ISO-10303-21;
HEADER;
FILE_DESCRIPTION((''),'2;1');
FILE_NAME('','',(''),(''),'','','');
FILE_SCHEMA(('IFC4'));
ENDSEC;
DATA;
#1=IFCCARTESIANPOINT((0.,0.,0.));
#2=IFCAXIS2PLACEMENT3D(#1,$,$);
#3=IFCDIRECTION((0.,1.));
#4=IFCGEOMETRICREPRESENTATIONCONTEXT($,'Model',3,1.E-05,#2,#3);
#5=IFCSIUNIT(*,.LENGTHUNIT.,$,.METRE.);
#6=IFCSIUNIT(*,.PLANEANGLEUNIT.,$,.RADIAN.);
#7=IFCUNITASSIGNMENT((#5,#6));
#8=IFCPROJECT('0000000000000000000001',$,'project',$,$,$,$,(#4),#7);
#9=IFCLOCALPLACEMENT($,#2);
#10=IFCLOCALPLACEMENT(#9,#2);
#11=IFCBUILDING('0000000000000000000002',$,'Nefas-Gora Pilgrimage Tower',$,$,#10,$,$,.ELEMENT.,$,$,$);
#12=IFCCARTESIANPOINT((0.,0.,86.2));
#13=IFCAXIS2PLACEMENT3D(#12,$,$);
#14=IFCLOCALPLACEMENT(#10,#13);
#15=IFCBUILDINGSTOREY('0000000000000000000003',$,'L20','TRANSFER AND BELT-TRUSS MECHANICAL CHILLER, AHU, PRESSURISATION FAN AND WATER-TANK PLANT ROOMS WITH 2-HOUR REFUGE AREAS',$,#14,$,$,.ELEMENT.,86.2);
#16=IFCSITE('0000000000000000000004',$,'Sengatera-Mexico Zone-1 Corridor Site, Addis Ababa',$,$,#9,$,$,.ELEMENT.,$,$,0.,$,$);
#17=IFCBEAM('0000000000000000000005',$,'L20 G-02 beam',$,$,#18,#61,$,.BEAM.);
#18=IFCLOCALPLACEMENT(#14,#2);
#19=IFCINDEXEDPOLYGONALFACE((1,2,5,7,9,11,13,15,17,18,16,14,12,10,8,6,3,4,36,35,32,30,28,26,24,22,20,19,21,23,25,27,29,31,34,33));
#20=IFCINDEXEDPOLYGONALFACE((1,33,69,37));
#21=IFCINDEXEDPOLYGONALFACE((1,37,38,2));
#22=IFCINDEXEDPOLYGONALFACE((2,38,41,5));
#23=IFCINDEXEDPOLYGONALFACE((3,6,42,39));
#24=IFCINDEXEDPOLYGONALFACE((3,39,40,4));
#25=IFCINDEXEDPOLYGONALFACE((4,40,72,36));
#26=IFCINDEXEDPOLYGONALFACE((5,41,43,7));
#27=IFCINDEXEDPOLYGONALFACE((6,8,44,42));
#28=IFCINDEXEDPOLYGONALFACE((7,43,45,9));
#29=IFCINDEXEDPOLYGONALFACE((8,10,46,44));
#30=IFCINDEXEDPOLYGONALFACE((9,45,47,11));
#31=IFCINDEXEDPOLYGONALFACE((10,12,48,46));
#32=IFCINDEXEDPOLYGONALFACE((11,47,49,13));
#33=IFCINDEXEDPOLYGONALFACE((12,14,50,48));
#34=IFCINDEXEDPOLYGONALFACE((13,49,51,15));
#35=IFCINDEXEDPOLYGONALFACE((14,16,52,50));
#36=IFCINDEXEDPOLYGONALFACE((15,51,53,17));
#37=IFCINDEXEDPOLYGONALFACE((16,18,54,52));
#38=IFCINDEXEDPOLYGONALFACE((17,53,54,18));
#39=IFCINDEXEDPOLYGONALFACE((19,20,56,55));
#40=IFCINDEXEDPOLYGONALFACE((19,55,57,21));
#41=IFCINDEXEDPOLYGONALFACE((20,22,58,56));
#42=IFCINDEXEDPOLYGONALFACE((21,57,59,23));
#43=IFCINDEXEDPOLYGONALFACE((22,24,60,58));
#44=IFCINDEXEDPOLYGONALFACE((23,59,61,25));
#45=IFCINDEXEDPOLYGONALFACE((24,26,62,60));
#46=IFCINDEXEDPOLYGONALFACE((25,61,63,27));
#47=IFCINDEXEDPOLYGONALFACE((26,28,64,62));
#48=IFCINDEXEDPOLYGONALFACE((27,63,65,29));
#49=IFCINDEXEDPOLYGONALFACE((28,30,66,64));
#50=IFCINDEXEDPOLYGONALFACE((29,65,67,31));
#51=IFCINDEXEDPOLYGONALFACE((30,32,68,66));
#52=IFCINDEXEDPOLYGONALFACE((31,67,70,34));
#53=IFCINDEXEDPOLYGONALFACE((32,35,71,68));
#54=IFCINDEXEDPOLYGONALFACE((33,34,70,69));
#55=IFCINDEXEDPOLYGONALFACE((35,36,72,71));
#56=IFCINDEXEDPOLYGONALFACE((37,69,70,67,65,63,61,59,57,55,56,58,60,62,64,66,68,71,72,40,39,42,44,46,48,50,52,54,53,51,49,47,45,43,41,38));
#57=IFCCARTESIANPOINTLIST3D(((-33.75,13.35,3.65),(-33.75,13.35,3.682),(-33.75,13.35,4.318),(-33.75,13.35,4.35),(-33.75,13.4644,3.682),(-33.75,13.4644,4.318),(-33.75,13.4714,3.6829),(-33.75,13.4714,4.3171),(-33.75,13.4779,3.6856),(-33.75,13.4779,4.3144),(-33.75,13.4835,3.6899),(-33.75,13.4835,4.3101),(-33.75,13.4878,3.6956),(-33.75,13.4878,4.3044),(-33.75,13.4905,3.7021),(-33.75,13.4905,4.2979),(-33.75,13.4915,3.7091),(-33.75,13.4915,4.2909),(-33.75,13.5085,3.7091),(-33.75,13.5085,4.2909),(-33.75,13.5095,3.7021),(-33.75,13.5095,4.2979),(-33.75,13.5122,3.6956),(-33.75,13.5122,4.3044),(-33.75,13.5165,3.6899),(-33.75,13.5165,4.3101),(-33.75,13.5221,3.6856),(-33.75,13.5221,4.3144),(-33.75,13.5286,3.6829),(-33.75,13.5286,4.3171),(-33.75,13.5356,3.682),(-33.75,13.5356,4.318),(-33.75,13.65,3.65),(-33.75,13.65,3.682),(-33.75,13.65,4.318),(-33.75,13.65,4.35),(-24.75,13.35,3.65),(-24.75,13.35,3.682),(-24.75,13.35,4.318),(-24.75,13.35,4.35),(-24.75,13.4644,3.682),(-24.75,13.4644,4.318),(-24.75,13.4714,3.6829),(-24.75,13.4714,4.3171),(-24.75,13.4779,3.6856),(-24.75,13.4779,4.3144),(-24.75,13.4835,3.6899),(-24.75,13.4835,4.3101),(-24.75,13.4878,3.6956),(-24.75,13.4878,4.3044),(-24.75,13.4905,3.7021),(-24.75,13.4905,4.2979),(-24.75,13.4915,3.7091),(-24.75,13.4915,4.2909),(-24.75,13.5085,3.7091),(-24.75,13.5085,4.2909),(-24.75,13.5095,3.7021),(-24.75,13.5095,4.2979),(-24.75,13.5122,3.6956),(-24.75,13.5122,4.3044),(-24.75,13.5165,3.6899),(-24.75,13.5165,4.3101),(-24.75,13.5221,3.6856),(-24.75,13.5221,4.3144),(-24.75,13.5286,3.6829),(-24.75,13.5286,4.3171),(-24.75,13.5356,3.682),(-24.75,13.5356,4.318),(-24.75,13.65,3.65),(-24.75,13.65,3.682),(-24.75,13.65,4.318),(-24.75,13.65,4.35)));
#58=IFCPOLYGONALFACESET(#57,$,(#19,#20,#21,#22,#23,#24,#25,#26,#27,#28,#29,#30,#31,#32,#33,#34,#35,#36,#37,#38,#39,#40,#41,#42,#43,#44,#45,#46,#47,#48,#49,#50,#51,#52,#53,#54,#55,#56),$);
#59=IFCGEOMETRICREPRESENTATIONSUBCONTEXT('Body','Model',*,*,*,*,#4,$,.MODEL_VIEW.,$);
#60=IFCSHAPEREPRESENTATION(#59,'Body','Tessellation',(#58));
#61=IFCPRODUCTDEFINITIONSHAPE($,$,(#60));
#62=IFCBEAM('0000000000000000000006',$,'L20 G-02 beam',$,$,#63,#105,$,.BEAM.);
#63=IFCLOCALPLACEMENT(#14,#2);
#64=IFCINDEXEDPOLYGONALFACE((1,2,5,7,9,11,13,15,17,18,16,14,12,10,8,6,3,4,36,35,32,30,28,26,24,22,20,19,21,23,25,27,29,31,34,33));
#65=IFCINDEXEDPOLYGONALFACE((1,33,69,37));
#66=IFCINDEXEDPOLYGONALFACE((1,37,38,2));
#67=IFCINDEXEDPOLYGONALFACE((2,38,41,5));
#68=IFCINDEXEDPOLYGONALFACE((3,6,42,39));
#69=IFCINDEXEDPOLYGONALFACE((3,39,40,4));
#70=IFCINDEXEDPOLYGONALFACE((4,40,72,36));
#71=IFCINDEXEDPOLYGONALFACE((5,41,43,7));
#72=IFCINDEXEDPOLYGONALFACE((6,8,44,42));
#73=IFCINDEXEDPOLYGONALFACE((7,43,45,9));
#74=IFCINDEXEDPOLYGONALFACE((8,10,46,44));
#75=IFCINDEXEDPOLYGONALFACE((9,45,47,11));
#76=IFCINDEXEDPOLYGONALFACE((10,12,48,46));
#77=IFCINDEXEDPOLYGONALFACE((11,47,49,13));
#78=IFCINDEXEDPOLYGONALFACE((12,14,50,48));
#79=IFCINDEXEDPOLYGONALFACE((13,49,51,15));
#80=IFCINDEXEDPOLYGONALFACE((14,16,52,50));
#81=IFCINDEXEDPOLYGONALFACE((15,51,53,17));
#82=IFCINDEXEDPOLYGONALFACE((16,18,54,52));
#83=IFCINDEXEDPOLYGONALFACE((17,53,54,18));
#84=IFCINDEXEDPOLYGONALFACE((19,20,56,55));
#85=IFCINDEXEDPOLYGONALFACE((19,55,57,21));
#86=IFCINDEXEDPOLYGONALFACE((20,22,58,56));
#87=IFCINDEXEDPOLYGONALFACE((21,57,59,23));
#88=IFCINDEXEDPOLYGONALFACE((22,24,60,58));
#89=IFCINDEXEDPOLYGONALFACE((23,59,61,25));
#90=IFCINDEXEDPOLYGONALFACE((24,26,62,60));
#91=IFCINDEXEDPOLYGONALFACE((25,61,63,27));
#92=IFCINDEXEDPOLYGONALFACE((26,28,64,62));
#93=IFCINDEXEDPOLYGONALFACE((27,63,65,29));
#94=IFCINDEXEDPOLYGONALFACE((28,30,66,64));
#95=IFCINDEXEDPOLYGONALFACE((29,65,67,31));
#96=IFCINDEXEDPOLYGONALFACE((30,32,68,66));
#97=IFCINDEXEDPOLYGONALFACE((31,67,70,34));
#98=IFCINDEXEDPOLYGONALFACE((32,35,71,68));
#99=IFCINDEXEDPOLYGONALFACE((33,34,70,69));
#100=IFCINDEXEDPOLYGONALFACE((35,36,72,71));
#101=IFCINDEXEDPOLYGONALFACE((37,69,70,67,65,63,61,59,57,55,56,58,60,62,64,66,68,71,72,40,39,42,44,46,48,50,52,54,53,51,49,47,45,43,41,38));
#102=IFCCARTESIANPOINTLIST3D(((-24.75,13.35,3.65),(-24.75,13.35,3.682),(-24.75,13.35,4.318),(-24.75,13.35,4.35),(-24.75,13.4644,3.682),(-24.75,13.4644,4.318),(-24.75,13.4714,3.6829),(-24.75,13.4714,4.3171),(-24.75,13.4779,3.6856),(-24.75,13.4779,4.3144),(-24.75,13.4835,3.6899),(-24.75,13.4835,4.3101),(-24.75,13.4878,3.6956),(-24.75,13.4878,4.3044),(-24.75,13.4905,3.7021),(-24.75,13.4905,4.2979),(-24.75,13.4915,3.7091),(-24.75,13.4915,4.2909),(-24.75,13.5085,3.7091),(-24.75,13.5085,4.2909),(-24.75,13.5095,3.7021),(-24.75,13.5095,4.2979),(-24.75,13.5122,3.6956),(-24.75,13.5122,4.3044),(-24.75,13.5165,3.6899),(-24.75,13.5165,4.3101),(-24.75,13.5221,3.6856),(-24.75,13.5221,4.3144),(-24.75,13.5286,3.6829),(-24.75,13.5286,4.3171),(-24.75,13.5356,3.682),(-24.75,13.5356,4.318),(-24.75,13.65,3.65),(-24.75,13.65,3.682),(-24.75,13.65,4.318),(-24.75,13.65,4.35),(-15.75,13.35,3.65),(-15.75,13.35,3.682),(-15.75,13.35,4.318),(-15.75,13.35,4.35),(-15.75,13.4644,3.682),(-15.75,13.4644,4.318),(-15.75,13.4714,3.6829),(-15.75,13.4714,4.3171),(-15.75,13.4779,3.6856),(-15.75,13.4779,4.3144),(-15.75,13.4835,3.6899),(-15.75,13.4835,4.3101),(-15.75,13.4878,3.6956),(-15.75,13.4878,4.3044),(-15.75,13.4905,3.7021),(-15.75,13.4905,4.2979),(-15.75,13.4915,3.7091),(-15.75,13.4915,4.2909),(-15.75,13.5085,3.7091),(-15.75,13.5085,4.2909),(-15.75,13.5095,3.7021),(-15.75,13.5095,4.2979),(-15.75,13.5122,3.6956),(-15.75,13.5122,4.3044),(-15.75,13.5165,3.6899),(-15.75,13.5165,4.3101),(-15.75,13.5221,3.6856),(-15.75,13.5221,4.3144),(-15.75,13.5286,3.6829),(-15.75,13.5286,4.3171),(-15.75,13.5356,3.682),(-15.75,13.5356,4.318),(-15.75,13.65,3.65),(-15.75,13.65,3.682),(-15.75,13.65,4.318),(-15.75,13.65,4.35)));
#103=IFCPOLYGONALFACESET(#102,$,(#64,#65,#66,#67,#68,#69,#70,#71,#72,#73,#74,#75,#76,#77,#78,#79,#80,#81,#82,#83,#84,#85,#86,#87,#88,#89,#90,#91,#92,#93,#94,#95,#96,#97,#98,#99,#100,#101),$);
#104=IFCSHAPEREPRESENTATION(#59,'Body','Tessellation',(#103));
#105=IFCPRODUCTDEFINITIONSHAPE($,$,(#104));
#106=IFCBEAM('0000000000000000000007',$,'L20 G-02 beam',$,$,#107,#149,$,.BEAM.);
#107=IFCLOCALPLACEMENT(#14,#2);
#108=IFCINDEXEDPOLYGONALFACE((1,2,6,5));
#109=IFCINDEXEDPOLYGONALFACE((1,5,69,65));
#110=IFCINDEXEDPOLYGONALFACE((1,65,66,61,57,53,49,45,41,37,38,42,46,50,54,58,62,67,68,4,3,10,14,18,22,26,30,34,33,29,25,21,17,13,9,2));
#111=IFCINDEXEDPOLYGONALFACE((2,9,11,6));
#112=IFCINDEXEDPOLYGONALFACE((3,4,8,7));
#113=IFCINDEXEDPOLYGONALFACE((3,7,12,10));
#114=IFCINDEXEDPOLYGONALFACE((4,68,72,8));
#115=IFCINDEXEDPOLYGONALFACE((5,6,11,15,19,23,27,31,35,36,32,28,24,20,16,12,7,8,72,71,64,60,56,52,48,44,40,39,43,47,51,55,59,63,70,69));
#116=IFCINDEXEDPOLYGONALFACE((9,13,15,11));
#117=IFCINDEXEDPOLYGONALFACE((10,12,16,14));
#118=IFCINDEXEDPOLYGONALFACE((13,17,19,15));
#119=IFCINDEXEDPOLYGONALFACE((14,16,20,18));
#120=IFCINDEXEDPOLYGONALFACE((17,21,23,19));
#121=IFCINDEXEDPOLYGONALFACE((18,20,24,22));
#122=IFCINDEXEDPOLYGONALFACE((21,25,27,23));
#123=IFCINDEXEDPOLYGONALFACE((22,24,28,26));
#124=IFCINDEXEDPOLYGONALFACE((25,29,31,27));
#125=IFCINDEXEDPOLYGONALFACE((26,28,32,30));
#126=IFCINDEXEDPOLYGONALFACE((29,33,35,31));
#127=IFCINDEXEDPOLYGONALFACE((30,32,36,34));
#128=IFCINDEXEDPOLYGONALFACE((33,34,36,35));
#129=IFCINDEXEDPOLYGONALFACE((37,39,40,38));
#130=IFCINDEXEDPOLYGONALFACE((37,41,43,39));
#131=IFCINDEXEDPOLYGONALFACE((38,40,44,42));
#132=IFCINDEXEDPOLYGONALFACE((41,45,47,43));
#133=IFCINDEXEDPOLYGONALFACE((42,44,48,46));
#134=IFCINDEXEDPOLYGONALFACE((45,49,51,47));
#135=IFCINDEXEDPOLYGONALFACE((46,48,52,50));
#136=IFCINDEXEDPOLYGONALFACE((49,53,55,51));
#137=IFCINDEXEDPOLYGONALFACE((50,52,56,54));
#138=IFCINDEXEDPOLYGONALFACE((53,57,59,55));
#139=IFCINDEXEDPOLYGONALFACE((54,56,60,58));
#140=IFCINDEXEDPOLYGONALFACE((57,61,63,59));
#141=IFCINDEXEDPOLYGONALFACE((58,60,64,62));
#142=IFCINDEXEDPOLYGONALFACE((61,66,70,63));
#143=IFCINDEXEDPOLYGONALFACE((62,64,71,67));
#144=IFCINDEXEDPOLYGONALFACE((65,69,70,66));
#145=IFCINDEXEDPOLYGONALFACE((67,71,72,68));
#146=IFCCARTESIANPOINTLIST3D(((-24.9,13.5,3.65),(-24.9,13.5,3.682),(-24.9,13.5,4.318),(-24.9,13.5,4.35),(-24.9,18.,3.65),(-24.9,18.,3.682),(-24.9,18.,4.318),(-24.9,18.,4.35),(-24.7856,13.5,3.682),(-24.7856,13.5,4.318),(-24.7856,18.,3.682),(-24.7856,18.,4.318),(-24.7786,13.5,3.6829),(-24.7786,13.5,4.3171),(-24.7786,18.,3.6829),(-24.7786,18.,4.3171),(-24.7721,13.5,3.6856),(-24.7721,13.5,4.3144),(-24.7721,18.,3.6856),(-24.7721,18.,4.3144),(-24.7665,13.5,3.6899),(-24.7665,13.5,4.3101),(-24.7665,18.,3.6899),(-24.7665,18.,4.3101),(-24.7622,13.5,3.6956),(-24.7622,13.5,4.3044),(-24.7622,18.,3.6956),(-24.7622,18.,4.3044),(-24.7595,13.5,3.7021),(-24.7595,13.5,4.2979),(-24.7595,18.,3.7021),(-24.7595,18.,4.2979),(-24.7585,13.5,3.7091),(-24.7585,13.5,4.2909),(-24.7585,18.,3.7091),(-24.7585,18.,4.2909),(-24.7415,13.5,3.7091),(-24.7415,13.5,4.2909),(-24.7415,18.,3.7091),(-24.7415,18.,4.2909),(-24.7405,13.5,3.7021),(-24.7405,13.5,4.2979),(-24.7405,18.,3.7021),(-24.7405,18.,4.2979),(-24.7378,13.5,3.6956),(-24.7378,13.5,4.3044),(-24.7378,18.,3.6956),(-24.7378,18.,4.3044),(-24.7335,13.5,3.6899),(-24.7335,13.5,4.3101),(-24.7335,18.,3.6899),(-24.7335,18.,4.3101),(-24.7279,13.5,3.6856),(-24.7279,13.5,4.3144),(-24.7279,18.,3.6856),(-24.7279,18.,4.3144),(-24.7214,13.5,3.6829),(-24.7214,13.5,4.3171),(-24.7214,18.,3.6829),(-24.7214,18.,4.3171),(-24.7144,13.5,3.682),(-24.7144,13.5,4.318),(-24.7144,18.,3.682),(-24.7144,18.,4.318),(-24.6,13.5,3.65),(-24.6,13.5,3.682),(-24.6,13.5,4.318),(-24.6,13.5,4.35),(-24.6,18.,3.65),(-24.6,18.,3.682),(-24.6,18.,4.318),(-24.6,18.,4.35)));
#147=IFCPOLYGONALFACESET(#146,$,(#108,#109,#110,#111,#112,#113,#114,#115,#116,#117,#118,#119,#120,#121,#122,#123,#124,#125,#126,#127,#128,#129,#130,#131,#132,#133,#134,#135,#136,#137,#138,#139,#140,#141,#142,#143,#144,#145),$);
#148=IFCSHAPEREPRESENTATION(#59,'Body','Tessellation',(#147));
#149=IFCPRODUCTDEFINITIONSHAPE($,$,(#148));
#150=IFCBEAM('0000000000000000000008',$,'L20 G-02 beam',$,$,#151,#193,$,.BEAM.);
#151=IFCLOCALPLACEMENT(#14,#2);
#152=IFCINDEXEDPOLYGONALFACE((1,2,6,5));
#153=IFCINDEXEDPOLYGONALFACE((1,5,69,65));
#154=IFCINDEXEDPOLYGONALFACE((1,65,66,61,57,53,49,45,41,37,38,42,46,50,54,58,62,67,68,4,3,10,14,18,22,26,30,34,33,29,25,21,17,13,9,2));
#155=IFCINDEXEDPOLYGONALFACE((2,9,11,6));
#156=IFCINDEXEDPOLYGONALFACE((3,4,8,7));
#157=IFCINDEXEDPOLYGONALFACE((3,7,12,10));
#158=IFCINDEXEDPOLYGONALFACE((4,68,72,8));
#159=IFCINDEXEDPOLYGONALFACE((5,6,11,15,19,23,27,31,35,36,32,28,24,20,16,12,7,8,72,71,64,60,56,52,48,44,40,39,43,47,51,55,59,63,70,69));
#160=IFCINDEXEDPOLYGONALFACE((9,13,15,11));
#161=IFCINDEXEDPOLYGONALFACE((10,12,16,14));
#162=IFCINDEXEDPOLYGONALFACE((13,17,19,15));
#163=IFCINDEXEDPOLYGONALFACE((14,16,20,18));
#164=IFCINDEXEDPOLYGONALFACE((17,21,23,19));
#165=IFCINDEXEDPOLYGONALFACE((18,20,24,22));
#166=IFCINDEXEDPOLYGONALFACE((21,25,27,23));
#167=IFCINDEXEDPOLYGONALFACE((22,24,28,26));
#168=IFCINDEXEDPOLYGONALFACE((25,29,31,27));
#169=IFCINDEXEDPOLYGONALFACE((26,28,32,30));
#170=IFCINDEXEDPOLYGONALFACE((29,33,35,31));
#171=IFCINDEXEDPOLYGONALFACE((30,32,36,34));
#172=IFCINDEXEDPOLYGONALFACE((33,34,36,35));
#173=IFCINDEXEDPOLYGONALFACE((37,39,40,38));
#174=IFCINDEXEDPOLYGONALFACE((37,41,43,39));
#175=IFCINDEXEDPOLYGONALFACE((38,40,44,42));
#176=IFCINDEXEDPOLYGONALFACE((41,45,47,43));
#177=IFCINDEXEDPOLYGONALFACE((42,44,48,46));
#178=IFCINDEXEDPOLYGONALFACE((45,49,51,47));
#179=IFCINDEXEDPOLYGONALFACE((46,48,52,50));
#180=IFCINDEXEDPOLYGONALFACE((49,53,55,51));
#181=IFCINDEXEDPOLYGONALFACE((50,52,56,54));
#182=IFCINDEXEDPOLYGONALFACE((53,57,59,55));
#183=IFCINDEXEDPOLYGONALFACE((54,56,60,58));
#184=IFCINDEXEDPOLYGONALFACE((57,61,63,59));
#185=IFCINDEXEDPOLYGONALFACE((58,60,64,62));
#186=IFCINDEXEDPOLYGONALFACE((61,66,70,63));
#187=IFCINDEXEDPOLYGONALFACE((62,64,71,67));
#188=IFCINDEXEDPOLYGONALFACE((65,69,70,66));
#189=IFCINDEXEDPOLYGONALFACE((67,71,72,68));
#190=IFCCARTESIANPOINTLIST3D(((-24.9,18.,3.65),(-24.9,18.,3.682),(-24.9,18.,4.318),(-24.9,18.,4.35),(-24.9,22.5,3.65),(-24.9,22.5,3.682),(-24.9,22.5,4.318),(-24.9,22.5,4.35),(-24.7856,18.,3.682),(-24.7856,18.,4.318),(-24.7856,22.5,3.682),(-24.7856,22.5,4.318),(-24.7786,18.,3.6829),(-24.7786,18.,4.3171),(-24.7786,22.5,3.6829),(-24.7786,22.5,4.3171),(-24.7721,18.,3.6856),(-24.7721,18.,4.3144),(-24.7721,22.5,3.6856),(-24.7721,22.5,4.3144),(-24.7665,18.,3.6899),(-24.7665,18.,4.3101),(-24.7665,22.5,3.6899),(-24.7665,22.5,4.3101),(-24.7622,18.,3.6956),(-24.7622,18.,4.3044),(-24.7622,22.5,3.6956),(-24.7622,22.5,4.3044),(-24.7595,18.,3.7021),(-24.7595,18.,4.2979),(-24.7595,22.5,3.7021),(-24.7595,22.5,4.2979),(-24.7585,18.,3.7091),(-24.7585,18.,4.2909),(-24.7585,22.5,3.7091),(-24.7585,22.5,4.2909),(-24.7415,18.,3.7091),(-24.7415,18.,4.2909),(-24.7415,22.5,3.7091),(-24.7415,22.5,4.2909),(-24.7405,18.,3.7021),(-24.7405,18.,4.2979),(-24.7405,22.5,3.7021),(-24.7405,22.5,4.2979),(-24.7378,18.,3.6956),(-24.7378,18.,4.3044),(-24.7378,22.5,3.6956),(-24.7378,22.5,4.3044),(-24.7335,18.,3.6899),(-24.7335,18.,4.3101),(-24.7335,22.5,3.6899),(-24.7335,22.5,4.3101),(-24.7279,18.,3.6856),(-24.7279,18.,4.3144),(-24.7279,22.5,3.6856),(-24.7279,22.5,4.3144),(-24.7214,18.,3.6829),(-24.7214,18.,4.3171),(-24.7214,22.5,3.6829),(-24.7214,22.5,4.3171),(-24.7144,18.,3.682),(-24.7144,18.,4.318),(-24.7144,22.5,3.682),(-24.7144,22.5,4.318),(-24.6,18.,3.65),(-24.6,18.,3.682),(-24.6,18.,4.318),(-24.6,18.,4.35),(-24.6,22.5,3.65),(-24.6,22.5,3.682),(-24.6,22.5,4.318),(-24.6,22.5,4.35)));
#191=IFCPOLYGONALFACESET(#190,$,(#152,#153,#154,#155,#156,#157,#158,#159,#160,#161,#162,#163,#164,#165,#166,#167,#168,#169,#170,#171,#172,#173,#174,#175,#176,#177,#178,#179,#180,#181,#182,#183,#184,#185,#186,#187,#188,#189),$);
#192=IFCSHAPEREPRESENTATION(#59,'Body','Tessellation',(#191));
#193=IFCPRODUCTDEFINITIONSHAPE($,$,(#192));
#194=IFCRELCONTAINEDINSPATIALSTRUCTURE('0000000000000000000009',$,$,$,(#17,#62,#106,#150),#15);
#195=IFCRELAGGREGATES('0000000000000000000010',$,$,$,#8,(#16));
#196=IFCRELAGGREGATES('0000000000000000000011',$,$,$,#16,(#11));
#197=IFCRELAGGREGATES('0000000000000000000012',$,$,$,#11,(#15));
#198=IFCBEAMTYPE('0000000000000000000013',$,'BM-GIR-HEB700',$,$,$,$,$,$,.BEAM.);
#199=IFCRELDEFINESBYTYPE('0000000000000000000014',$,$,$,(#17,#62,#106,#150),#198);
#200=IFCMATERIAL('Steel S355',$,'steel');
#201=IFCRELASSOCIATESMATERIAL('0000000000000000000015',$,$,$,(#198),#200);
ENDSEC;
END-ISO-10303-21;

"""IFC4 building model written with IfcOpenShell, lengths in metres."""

from ifc_helpers import new_model, si_unit, direction, frame, origin, origin_2d, place, context, subcontext, project, spatial, i_section, extrude, source, transform, mapped, material, material_profile, profile_set, type_object, element, save


model = new_model("IFC4")

# Units and contexts
model_context = context("Model", 3, precision=1e-05, world=origin(), true_north=direction((0.0, 1.0)))
body_context = subcontext(model_context, "Body", "Model", "MODEL_VIEW")
ifc_project = project(units=[si_unit("LENGTHUNIT", "METRE"), si_unit("PLANEANGLEUNIT", "RADIAN")], contexts=[model_context])

# Site, building, storey
site_placement = place(None, origin())
site = spatial("IfcSite", under=ifc_project, at=site_placement, Name="Sengatera-Mexico Zone-1 Corridor Site, Addis Ababa", CompositionType="ELEMENT", RefElevation=0.0)
building_placement = place(site_placement, origin())
building = spatial("IfcBuilding", under=site, at=building_placement, Name="Nefas-Gora Pilgrimage Tower", CompositionType="ELEMENT")
storey_placement = place(building_placement, frame((0.0, 0.0, 86.2)))
storey = spatial("IfcBuildingStorey", under=building, at=storey_placement, Name="L20", Description="TRANSFER AND BELT-TRUSS MECHANICAL CHILLER, AHU, PRESSURISATION FAN AND WATER-TANK PLANT ROOMS WITH 2-HOUR REFUGE AREAS", CompositionType="ELEMENT", Elevation=86.2)

# Beams
ifc_material_1 = material(Name="Steel S355", Category="steel")
ifc_material_profile_1 = material_profile(ifc_material_1, i_section(OverallWidth=0.3, OverallDepth=0.7, WebThickness=0.0171, FlangeThickness=0.032, FilletRadius=0.0271, at=origin_2d()), Name="HEB 700")
ifc_profile_set_1 = profile_set([ifc_material_profile_1], Name="Steel S355")
beam_type_1 = type_object("IfcBeamType", Name="BM-GIR-HEB700", PredefinedType="BEAM", material=ifc_profile_set_1)
shared_shape_1 = source(origin(), body_context, "Body", "SweptSolid", [
    extrude(i_section(OverallWidth=0.3, OverallDepth=0.7, WebThickness=0.0171, FlangeThickness=0.032, FilletRadius=0.0271, at=origin_2d()), origin(), (0.0, 0.0, 1.0), 9.0),
])
for number, where, z_axis, x_axis, name in (
    (1, (-33.75, 13.5, 4.0), (1.0, 0.0, 0.0), (0.0, 1.0, 0.0), "L20 G-02 beam"),
    (2, (-24.75, 13.5, 4.0), (1.0, 0.0, 0.0), (0.0, 1.0, 0.0), "L20 G-02 beam"),
):
    element("IfcBeam", number, at=place(storey_placement, frame(where, z_axis=z_axis, x_axis=x_axis)), inside=storey, type_object=beam_type_1, Name=name, PredefinedType="BEAM", context=body_context, shape_type="MappedRepresentation", body=[
        mapped(shared_shape_1, transform((0.0, 0.0, 0.0), x_axis=(1.0, 0.0, 0.0), y_axis=(0.0, 1.0, 0.0), z_axis=(0.0, 0.0, 1.0), scale=1.0)),
    ])
shared_shape_2 = source(origin(), body_context, "Body", "SweptSolid", [
    extrude(i_section(OverallWidth=0.3, OverallDepth=0.7, WebThickness=0.0171, FlangeThickness=0.032, FilletRadius=0.0271, at=origin_2d()), origin(), (0.0, 0.0, 1.0), 4.5),
])
for number, where, z_axis, x_axis, name in (
    (3, (-24.75, 13.5, 4.0), (0.0, 1.0, 0.0), (-1.0, 0.0, 0.0), "L20 G-02 beam"),
    (4, (-24.75, 18.0, 4.0), (0.0, 1.0, 0.0), (-1.0, 0.0, 0.0), "L20 G-02 beam"),
):
    element("IfcBeam", number, at=place(storey_placement, frame(where, z_axis=z_axis, x_axis=x_axis)), inside=storey, type_object=beam_type_1, Name=name, PredefinedType="BEAM", context=body_context, shape_type="MappedRepresentation", body=[
        mapped(shared_shape_2, transform((0.0, 0.0, 0.0), x_axis=(1.0, 0.0, 0.0), y_axis=(0.0, 1.0, 0.0), z_axis=(0.0, 0.0, 1.0), scale=1.0)),
    ])

save(model, "model.ifc")
